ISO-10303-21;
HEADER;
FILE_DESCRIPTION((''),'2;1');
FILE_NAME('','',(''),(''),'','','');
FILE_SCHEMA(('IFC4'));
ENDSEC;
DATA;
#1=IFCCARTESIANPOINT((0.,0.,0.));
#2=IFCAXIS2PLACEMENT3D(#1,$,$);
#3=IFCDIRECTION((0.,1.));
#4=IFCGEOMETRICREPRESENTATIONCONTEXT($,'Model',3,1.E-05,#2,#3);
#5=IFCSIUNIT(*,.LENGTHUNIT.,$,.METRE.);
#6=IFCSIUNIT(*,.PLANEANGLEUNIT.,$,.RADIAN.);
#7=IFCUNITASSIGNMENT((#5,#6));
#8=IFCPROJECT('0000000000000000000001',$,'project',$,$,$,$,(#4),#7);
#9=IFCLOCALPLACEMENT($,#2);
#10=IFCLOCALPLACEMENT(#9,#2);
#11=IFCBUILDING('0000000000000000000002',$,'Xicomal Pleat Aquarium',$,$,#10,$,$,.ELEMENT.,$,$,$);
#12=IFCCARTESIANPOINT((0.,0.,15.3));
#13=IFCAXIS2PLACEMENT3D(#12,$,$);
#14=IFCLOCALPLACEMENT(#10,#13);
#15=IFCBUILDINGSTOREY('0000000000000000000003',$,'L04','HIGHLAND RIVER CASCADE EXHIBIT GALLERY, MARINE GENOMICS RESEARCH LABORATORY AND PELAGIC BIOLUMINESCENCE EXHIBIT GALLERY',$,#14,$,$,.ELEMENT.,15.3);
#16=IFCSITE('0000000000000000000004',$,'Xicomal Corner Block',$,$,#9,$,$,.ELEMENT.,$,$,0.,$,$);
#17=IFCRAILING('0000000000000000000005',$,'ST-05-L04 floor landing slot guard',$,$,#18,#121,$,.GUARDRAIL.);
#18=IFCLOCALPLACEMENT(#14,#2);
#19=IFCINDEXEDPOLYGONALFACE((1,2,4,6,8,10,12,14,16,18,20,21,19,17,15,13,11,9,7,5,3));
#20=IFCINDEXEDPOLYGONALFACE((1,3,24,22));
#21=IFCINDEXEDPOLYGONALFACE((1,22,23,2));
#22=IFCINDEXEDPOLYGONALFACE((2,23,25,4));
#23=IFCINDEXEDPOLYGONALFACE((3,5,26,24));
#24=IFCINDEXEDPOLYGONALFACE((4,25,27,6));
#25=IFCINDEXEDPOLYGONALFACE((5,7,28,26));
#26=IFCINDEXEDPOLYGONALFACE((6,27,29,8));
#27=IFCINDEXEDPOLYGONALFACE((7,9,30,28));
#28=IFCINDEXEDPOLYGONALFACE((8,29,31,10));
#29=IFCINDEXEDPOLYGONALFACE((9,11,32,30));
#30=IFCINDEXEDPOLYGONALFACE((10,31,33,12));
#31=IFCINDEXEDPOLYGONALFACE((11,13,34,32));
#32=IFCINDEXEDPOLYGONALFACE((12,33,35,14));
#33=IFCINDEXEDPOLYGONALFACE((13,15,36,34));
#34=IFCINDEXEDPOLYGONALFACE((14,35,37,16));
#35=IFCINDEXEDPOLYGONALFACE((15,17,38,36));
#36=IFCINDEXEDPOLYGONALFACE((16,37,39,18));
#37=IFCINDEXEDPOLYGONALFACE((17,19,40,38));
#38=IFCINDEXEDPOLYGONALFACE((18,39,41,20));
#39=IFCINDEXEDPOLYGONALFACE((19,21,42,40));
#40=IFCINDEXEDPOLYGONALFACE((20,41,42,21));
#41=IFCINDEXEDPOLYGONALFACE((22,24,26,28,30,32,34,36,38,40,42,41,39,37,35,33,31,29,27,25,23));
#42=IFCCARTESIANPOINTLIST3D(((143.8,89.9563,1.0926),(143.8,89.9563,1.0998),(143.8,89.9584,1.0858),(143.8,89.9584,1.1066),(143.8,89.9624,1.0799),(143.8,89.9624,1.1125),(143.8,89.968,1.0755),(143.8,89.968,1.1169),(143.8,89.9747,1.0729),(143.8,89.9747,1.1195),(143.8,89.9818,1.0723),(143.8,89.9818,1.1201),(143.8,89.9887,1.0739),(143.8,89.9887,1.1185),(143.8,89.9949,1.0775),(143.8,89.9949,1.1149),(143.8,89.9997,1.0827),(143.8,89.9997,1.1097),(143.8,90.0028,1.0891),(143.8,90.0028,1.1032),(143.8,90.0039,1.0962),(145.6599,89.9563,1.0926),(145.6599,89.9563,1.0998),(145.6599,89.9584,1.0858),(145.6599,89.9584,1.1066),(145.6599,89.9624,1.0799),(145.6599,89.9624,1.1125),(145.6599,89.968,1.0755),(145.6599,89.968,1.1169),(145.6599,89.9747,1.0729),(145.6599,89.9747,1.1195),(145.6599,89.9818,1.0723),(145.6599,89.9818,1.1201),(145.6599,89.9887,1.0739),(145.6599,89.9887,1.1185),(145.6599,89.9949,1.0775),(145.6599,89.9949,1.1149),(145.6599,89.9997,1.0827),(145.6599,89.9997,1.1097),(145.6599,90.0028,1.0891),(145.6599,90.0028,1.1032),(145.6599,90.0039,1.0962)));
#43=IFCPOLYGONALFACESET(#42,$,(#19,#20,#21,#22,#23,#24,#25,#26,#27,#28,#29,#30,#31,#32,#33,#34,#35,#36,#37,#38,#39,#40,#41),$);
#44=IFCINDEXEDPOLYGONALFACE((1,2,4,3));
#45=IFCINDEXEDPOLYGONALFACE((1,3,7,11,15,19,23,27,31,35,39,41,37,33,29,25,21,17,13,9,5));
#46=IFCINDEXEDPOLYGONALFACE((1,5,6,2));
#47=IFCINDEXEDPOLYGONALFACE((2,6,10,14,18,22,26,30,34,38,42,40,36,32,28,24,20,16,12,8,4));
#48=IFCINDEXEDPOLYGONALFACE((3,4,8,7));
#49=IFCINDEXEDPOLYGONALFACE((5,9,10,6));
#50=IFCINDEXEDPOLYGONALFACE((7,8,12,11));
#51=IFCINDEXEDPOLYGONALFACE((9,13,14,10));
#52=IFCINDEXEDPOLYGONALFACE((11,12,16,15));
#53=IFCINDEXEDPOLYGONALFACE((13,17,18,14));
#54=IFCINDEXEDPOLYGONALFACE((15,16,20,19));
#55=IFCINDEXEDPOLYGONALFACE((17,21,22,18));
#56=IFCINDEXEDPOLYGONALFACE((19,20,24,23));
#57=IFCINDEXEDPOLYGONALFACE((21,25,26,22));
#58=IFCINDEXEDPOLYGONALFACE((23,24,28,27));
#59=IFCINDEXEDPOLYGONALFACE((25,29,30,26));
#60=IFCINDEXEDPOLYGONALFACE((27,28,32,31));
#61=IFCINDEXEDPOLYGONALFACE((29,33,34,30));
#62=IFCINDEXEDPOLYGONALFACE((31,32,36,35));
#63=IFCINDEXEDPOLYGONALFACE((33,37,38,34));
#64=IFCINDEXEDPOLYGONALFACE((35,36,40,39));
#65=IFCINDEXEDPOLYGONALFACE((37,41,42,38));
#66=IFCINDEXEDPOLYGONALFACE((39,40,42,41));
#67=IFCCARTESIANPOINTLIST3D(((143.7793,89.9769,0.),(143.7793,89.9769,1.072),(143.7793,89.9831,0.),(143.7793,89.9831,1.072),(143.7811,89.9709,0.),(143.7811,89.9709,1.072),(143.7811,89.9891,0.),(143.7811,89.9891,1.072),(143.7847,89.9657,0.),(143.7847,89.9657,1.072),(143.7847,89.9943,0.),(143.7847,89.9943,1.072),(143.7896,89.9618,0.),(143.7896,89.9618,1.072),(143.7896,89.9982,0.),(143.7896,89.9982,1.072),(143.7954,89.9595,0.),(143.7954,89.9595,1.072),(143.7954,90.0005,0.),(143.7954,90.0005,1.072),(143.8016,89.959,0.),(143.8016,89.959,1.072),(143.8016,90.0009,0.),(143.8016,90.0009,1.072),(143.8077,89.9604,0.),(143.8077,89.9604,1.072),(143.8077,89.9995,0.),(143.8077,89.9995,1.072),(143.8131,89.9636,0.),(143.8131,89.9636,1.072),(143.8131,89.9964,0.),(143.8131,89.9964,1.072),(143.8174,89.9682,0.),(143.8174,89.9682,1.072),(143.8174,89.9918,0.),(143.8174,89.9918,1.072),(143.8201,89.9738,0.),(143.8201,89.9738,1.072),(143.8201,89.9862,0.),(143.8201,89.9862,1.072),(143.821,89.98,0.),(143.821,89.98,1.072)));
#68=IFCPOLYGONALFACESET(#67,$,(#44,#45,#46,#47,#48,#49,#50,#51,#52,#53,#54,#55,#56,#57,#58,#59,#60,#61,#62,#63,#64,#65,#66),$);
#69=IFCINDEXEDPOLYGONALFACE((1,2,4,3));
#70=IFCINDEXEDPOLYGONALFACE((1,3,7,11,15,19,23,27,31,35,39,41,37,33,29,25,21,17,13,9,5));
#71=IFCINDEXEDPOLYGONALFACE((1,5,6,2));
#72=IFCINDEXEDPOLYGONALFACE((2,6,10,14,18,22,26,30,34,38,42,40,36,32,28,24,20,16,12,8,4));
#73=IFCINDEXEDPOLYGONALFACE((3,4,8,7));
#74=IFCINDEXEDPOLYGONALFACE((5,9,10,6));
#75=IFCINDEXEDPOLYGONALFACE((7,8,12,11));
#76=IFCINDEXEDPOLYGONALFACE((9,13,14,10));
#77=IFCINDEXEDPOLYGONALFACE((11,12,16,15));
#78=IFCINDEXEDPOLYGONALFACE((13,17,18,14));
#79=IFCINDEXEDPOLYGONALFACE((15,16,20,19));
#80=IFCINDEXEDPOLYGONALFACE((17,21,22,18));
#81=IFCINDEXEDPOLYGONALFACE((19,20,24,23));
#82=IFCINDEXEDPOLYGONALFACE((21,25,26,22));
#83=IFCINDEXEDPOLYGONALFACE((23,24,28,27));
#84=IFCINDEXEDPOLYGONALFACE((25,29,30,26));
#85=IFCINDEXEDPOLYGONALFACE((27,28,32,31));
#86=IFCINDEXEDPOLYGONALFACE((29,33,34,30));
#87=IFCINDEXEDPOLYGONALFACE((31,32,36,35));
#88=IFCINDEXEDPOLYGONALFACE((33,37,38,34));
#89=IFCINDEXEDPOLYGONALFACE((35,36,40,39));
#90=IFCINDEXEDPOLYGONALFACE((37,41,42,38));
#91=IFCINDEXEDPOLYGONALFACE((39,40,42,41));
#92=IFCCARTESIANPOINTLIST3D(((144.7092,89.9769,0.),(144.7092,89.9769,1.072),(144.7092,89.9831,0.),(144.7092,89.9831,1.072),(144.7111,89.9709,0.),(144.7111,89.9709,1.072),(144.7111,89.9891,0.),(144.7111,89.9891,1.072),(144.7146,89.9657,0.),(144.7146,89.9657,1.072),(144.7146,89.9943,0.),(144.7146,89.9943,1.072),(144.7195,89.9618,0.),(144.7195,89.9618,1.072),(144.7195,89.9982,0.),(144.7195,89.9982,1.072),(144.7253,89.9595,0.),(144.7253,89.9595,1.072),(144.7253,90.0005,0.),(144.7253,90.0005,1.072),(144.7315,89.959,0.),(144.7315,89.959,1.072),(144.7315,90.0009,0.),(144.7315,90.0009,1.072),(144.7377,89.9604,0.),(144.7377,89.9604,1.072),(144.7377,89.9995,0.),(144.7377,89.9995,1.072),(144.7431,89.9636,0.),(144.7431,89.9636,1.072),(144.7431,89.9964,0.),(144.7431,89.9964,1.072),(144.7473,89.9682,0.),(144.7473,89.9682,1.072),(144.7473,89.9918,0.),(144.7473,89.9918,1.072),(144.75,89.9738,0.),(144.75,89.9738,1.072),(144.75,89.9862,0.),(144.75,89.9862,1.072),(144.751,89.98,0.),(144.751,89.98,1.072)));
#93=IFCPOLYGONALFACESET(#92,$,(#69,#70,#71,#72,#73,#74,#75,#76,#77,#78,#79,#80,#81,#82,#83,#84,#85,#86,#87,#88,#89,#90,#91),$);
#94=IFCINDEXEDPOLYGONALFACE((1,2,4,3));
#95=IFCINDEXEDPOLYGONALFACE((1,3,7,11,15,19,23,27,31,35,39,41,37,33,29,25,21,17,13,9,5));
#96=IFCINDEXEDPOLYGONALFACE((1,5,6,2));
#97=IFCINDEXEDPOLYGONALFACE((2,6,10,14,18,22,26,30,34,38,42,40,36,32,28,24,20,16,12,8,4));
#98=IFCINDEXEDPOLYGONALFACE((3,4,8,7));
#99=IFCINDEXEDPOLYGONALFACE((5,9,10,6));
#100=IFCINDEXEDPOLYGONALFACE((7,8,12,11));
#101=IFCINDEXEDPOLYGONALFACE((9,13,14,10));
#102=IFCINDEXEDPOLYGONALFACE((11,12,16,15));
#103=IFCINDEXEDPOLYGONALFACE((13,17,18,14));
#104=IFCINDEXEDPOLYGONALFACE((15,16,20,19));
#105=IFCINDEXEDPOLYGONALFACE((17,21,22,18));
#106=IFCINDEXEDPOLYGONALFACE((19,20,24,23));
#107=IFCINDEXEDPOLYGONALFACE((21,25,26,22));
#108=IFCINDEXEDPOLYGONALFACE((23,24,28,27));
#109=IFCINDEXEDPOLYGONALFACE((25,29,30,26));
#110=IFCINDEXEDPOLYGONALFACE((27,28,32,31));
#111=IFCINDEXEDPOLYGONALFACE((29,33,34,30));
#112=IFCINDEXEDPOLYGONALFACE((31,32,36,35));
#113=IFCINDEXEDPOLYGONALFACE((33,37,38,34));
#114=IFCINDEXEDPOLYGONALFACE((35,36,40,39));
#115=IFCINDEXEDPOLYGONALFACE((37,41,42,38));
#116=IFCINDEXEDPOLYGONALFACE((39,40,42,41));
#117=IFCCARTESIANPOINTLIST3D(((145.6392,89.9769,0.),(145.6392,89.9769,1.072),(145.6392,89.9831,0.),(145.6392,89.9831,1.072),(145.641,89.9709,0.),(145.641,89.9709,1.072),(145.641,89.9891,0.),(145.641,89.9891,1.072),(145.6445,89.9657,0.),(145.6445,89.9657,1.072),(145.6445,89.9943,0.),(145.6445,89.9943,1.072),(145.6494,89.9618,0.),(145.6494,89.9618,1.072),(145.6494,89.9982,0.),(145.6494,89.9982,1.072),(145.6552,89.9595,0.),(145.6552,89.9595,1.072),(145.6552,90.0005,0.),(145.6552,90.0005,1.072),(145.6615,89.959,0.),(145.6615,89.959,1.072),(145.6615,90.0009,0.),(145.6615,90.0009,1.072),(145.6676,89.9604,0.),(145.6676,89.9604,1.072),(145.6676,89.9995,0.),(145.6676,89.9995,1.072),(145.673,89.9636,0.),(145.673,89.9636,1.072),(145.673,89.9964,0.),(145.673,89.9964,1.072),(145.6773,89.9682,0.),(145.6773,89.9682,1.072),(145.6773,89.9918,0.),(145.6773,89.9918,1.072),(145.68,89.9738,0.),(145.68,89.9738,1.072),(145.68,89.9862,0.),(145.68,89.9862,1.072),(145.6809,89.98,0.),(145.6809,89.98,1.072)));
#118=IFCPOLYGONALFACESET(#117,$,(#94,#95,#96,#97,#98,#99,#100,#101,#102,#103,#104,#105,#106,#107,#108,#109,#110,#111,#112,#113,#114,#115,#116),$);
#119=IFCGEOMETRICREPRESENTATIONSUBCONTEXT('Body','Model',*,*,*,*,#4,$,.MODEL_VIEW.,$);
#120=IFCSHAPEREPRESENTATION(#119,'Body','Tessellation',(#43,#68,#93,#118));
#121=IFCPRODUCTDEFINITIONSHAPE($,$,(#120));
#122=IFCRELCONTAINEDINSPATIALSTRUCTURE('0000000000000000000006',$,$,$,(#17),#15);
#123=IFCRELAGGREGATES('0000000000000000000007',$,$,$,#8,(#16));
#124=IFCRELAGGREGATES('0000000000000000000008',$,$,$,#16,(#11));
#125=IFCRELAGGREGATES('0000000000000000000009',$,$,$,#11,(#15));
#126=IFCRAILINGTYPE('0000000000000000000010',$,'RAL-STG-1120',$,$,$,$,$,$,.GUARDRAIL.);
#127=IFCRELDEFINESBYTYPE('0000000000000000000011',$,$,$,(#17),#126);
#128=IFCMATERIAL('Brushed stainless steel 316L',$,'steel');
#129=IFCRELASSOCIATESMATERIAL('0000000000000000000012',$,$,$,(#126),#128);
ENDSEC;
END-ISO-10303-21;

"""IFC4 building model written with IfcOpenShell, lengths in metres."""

from ifc_helpers import new_model, si_unit, direction, frame, origin, origin_2d, place, context, subcontext, project, spatial, circle, extrude, material, type_object, element, save


model = new_model("IFC4")

# Units and contexts
model_context = context("Model", 3, precision=1e-05, world=origin(), true_north=direction((0.0, 1.0)))
body_context = subcontext(model_context, "Body", "Model", "MODEL_VIEW")
ifc_project = project(units=[si_unit("LENGTHUNIT", "METRE"), si_unit("PLANEANGLEUNIT", "RADIAN")], contexts=[model_context])

# Site, building, storey
site_placement = place(None, origin())
site = spatial("IfcSite", under=ifc_project, at=site_placement, Name="Xicomal Corner Block", CompositionType="ELEMENT", RefElevation=0.0)
building_placement = place(site_placement, origin())
building = spatial("IfcBuilding", under=site, at=building_placement, Name="Xicomal Pleat Aquarium", CompositionType="ELEMENT")
storey_placement = place(building_placement, frame((0.0, 0.0, 15.3)))
storey = spatial("IfcBuildingStorey", under=building, at=storey_placement, Name="L04", Description="HIGHLAND RIVER CASCADE EXHIBIT GALLERY, MARINE GENOMICS RESEARCH LABORATORY AND PELAGIC BIOLUMINESCENCE EXHIBIT GALLERY", CompositionType="ELEMENT", Elevation=15.3)

# Railing
ifc_material_1 = material(Name="Brushed stainless steel 316L", Category="steel")
railing_type_1 = type_object("IfcRailingType", Name="RAL-STG-1120", PredefinedType="GUARDRAIL", material=ifc_material_1)
railing_1_placement = place(storey_placement, frame((143.8, 89.98, 0.0)))
element("IfcRailing", 1, at=railing_1_placement, inside=storey, type_object=railing_type_1, Name="ST-05-L04 floor landing slot guard", PredefinedType="GUARDRAIL", context=body_context, shape_type="SweptSolid", body=[
    extrude(circle(Radius=0.0239, at=origin_2d()), frame((0.0, 0.0, 1.0962), z_axis=(1.0, 0.0, 0.0), x_axis=(0.0, 1.0, 0.0)), (0.0, 0.0, 1.0), 1.8599),
    extrude(circle(Radius=0.021, at=origin_2d()), origin(), (0.0, 0.0, 1.0), 1.072),
    extrude(circle(Radius=0.021, at=origin_2d()), frame((0.9299, 0.0, 0.0)), (0.0, 0.0, 1.0), 1.072),
    extrude(circle(Radius=0.021, at=origin_2d()), frame((1.8599, 0.0, 0.0)), (0.0, 0.0, 1.0), 1.072),
])

save(model, "model.ifc")
